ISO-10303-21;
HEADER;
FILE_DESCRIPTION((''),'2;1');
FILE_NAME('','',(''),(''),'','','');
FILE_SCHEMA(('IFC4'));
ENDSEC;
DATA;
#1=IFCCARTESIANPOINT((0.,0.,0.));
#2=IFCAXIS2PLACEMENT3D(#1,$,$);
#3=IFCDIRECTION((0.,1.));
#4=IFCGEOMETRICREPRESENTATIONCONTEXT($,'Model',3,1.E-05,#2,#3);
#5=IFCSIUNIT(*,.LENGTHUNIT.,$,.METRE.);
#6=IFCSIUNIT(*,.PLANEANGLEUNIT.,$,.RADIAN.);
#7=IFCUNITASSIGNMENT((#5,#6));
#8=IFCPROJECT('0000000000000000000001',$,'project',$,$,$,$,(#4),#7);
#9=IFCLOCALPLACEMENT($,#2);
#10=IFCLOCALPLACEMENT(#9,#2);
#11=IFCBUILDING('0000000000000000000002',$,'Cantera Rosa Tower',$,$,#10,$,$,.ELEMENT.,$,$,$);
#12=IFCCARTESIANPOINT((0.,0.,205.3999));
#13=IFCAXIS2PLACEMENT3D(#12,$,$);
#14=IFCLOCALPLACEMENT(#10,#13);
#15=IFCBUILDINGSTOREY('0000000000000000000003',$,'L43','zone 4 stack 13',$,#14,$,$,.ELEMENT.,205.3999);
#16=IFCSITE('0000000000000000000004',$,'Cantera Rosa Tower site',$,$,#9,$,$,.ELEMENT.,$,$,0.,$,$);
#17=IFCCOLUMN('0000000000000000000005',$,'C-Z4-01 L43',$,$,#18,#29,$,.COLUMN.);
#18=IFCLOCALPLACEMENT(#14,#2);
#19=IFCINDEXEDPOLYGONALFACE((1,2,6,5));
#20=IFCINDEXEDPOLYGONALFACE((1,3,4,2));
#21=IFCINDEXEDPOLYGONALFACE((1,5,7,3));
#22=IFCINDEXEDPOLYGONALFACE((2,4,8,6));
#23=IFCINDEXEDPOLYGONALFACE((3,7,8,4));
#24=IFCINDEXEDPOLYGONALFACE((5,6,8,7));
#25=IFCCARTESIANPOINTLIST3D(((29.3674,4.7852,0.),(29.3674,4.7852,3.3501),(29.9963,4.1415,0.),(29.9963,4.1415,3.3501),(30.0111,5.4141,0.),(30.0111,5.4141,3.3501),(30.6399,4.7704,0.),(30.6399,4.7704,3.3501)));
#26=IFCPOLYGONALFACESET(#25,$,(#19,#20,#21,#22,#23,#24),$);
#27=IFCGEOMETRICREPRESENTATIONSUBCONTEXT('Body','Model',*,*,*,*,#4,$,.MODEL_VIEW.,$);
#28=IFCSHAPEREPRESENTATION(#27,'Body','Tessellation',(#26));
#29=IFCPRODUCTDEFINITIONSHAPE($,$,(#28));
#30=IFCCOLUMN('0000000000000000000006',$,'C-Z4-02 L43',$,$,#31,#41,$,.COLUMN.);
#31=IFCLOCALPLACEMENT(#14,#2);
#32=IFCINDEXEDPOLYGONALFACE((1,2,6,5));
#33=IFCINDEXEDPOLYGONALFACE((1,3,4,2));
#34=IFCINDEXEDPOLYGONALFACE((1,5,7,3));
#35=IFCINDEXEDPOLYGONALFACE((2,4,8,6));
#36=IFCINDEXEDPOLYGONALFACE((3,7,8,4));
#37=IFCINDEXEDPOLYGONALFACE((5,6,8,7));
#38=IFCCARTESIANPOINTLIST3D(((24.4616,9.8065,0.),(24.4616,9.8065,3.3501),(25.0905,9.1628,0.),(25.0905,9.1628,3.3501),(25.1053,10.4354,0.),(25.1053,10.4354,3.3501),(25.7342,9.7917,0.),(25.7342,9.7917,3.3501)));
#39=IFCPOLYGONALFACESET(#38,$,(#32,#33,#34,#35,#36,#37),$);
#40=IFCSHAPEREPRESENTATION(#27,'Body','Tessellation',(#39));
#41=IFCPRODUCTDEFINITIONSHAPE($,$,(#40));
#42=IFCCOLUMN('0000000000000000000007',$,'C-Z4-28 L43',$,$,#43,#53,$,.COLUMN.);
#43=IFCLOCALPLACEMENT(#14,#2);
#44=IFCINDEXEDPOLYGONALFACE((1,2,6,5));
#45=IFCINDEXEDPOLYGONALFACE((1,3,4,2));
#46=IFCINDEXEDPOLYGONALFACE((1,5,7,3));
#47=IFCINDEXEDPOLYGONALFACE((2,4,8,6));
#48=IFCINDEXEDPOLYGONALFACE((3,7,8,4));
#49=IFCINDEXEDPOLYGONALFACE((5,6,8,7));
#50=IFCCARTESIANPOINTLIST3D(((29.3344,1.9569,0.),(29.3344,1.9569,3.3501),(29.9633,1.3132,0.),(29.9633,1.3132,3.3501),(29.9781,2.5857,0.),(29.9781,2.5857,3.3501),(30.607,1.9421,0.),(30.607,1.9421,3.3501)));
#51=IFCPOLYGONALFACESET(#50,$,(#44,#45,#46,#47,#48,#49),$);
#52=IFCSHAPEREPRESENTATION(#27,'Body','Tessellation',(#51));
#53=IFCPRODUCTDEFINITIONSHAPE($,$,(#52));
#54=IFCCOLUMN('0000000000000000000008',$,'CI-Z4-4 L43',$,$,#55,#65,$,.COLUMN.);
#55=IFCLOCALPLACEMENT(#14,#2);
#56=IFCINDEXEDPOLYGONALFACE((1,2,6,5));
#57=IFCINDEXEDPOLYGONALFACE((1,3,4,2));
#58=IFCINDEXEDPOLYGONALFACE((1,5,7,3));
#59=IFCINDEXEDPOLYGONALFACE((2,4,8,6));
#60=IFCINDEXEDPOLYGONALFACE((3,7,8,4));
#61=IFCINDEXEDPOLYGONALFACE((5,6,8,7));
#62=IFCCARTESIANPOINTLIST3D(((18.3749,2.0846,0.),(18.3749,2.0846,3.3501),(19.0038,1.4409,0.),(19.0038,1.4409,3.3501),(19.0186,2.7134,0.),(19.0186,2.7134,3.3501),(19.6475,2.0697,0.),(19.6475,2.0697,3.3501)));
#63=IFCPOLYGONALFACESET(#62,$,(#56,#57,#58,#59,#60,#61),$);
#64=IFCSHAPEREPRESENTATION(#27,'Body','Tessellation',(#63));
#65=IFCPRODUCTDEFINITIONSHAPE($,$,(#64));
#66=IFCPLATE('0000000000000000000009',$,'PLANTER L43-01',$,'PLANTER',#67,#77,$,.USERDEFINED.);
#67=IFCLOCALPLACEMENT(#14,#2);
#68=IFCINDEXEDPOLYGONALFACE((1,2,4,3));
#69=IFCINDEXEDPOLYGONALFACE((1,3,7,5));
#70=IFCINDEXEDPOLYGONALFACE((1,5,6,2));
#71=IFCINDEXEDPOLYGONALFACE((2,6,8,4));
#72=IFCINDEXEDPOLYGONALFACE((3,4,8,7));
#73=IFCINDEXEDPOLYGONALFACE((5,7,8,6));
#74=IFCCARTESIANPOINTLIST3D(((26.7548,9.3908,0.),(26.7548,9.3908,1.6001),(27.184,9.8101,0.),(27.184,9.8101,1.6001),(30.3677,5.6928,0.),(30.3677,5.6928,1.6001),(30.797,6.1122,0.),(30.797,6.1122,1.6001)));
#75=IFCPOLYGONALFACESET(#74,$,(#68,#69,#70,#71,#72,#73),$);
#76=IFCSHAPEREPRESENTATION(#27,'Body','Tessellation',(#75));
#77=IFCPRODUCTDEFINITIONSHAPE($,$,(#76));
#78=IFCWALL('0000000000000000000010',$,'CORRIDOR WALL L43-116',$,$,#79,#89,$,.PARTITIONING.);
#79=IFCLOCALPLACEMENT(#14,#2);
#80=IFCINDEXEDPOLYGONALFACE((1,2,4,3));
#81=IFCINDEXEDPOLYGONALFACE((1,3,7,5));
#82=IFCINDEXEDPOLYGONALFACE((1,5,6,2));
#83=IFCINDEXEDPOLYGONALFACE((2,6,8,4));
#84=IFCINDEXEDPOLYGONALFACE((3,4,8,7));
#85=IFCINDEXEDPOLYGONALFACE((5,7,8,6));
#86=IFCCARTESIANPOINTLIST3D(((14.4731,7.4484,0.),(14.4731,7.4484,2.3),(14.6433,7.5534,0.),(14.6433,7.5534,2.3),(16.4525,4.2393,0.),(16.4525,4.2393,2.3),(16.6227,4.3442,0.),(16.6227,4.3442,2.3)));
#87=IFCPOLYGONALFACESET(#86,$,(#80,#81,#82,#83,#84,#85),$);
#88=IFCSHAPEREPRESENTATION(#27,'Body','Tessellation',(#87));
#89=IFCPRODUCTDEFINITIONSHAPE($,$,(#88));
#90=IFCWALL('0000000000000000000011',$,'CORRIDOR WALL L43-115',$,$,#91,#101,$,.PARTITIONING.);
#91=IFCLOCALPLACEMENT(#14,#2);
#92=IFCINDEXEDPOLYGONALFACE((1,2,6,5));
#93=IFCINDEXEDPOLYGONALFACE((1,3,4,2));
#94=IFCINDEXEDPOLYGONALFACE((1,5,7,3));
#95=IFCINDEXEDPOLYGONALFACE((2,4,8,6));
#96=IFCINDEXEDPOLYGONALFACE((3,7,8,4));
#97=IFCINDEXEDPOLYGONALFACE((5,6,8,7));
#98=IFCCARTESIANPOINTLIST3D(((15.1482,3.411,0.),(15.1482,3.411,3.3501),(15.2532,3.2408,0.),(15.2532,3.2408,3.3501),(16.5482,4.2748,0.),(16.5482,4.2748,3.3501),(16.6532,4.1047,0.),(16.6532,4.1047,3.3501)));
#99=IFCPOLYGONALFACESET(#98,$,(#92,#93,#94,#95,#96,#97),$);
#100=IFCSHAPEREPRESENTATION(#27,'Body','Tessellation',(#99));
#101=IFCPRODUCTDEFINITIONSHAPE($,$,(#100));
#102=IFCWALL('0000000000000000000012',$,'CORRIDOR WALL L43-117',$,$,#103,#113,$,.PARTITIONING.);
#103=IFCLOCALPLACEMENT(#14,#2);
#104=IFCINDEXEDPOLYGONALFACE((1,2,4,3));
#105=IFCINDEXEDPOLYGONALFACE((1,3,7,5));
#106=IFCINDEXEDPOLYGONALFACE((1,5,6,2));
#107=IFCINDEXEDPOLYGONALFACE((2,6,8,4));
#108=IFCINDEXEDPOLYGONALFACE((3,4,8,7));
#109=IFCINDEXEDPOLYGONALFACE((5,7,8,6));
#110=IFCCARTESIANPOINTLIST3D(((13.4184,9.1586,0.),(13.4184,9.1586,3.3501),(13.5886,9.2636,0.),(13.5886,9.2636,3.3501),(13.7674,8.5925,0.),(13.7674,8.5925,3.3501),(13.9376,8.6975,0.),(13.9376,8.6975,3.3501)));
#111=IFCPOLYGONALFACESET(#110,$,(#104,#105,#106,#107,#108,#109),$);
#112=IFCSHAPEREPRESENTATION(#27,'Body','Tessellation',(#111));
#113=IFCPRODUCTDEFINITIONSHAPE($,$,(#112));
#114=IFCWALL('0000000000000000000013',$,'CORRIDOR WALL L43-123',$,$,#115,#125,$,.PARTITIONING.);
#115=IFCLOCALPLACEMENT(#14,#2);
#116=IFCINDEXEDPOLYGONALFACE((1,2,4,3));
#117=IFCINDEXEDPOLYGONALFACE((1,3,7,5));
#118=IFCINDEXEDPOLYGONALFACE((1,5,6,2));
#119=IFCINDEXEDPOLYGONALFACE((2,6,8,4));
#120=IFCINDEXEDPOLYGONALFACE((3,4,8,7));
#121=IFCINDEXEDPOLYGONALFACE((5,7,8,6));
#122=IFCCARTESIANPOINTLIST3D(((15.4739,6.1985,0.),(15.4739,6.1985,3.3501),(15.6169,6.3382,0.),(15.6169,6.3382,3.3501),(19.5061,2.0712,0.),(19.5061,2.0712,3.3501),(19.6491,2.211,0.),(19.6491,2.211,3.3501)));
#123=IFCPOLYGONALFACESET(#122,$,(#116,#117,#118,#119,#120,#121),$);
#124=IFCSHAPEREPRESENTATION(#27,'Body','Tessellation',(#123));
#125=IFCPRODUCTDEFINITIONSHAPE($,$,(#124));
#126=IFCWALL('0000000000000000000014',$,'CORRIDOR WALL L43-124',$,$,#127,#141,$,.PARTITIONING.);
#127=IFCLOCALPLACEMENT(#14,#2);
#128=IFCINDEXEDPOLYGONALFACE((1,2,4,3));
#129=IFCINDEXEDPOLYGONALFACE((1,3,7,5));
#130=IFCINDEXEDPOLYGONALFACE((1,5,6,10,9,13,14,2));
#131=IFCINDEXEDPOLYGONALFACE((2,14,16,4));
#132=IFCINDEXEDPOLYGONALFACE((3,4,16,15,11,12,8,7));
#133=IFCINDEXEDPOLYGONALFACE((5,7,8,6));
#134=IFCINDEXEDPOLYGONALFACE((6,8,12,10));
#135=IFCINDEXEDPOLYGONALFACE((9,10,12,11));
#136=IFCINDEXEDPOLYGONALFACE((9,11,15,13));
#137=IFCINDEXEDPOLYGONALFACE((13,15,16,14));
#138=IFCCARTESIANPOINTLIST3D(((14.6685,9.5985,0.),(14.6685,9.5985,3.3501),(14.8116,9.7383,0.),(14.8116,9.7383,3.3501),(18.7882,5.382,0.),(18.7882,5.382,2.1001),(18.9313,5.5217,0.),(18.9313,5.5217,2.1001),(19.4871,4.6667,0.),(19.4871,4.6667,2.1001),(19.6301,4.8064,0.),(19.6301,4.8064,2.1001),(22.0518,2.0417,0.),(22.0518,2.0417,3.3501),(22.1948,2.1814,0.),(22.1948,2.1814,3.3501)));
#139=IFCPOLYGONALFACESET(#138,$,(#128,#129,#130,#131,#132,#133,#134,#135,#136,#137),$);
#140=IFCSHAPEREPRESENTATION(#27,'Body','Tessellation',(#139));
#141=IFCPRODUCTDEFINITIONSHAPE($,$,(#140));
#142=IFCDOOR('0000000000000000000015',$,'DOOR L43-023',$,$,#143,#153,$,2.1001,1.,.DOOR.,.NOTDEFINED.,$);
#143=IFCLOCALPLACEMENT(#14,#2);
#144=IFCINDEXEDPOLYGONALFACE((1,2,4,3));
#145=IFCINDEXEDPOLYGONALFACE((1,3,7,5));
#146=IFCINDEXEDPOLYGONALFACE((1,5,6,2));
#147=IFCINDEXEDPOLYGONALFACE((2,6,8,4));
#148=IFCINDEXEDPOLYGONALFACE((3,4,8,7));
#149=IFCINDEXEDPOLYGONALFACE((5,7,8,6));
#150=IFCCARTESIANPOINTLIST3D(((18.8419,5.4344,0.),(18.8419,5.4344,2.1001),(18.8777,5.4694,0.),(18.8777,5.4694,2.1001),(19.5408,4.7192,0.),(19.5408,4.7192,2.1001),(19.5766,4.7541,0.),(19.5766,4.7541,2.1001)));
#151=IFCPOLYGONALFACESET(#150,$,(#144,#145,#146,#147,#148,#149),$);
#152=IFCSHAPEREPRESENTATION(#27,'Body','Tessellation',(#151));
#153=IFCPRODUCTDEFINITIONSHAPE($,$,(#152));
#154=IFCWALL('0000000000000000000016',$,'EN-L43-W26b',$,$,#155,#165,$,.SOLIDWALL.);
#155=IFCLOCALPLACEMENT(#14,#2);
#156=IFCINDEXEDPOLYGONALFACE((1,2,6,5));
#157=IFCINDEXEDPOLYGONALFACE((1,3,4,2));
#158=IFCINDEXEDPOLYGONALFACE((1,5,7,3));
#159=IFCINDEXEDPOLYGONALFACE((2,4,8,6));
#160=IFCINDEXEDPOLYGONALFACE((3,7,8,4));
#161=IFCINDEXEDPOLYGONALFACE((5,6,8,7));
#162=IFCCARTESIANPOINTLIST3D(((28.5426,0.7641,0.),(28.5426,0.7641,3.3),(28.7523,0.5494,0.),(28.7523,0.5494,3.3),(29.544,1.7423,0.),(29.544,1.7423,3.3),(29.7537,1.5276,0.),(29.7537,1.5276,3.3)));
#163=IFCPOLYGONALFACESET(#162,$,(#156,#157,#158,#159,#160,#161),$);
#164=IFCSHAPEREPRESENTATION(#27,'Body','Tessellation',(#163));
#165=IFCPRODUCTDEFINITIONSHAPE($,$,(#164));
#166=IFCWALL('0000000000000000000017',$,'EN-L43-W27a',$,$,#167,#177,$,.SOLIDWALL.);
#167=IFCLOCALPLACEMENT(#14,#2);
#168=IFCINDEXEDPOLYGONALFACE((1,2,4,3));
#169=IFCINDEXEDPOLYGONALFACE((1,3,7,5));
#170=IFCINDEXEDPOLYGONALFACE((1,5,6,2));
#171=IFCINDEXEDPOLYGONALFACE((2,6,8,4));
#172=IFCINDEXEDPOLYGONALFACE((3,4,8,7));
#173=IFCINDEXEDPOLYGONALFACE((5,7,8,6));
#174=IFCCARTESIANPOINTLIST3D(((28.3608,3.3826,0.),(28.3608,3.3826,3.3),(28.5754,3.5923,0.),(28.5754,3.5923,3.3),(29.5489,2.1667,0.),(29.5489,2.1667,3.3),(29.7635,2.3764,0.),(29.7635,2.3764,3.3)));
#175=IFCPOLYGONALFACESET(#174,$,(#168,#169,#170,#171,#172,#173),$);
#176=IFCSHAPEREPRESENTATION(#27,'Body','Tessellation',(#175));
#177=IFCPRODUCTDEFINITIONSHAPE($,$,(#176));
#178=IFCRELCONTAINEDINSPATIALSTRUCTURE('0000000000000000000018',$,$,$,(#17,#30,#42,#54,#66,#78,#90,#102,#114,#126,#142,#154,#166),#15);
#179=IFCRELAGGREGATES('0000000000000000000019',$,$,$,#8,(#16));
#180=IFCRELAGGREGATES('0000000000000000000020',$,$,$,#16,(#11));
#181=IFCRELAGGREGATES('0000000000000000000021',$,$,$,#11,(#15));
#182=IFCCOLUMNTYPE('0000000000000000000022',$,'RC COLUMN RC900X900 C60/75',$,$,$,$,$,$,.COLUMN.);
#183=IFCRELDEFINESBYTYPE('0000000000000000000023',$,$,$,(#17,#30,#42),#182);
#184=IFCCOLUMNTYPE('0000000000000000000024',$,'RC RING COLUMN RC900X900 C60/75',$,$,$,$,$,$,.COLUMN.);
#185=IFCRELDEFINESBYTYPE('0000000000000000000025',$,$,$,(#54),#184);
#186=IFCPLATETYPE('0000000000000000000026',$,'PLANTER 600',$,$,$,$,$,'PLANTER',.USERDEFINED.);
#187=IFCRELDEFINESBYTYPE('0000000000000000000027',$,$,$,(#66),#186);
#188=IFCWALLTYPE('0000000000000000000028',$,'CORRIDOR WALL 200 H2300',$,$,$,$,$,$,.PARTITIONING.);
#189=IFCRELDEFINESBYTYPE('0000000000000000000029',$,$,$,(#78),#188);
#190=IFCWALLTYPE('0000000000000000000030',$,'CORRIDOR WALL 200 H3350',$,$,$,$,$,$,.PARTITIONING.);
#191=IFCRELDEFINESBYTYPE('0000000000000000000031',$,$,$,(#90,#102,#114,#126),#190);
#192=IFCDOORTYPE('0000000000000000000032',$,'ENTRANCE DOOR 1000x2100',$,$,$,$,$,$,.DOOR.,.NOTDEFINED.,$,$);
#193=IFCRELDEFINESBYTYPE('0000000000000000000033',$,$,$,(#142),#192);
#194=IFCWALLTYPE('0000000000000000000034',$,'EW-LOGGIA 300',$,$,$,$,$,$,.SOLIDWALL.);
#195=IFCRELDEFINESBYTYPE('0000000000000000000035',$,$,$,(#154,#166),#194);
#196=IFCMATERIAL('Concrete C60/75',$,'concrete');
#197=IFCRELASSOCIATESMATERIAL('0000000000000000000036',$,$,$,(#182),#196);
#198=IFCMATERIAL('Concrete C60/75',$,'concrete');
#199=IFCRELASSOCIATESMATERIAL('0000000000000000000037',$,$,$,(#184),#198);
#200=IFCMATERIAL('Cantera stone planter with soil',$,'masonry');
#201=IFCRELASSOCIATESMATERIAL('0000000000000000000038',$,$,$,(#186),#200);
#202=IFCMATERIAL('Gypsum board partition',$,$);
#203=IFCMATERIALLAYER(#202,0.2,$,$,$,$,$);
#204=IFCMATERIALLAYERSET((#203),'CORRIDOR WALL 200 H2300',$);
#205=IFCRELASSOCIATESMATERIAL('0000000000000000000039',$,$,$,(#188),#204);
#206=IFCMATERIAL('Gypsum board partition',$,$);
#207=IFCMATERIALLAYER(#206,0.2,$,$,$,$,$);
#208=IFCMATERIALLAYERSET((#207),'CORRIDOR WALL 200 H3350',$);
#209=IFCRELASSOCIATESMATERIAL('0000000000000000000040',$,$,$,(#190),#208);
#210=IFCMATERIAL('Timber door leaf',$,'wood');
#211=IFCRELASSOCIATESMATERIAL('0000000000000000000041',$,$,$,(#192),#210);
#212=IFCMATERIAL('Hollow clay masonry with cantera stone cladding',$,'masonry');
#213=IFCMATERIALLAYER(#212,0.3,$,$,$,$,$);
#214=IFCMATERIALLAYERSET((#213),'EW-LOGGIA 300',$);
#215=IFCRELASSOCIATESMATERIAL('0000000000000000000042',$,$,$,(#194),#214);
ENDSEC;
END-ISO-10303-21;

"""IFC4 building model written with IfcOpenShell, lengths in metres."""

from ifc_helpers import new_model, si_unit, direction, frame, frame_2d, origin, origin_2d, place, context, subcontext, project, spatial, rectangle, extrude, material, layer, layer_set, material_profile, profile_set, type_object, element, fill, save


model = new_model("IFC4")

# Units and contexts
model_context = context("Model", 3, precision=1e-05, world=origin(), true_north=direction((0.0, 1.0)))
body_context = subcontext(model_context, "Body", "Model", "MODEL_VIEW")
ifc_project = project(units=[si_unit("LENGTHUNIT", "METRE"), si_unit("PLANEANGLEUNIT", "RADIAN")], contexts=[model_context])

# Site, building, storey
site_placement = place(None, origin())
site = spatial("IfcSite", under=ifc_project, at=site_placement, Name="Cantera Rosa Tower site", CompositionType="ELEMENT", RefElevation=0.0)
building_placement = place(site_placement, origin())
building = spatial("IfcBuilding", under=site, at=building_placement, Name="Cantera Rosa Tower", CompositionType="ELEMENT")
storey_placement = place(building_placement, frame((0.0, 0.0, 205.3999)))
storey = spatial("IfcBuildingStorey", under=building, at=storey_placement, Name="L43", Description="zone 4 stack 13", CompositionType="ELEMENT", Elevation=205.3999)

# Columns
ifc_material_1 = material(Name="Concrete C60/75", Category="concrete")
ifc_material_profile_1 = material_profile(ifc_material_1, rectangle(XDim=0.8999, YDim=0.8999, at=origin_2d()), Name="RC COLUMN RC900X900 C60/75")
ifc_profile_set_1 = profile_set([ifc_material_profile_1], Name="Concrete C60/75")
column_type_1 = type_object("IfcColumnType", Name="RC COLUMN RC900X900 C60/75", PredefinedType="COLUMN", material=ifc_profile_set_1)
for number, where, z_axis, x_axis, name in (
    (1, (30.0037, 4.7778, 0.0), (0.0, 0.0, 1.0), (0.715286, 0.698832, 0.0), "C-Z4-01 L43"),
    (2, (25.0979, 9.7991, 0.0), (0.0, 0.0, 1.0), (0.715286, 0.698832, 0.0), "C-Z4-02 L43"),
    (3, (29.9707, 1.9495, 0.0), (0.0, 0.0, 1.0), (0.715286, 0.698832, 0.0), "C-Z4-28 L43"),
):
    element("IfcColumn", number, at=place(storey_placement, frame(where, z_axis=z_axis, x_axis=x_axis)), inside=storey, type_object=column_type_1, Name=name, PredefinedType="COLUMN", context=body_context, shape_type="SweptSolid", body=[
        extrude(rectangle(XDim=0.8999, YDim=0.8999, at=origin_2d()), origin(), (0.0, 0.0, 1.0), 3.3501),
    ])
ifc_material_2 = material(Name="Concrete C60/75", Category="concrete")
ifc_material_profile_2 = material_profile(ifc_material_2, rectangle(XDim=0.8999, YDim=0.8999, at=origin_2d()), Name="RC RING COLUMN RC900X900 C60/75")
ifc_profile_set_2 = profile_set([ifc_material_profile_2], Name="Concrete C60/75")
column_type_2 = type_object("IfcColumnType", Name="RC RING COLUMN RC900X900 C60/75", PredefinedType="COLUMN", material=ifc_profile_set_2)
column_placement = place(storey_placement, frame((19.0112, 2.0771, 0.0), z_axis=(0.0, 0.0, 1.0), x_axis=(0.715286, 0.698832, 0.0)))
element("IfcColumn", 4, at=column_placement, inside=storey, type_object=column_type_2, Name="CI-Z4-4 L43", PredefinedType="COLUMN", context=body_context, shape_type="SweptSolid", body=[
    extrude(rectangle(XDim=0.8999, YDim=0.8999, at=origin_2d()), origin(), (0.0, 0.0, 1.0), 3.3501),
])

# Plate
ifc_material_3 = material(Name="Cantera stone planter with soil", Category="masonry")
plate_type = type_object("IfcPlateType", Name="PLANTER 600", ElementType="PLANTER", PredefinedType="USERDEFINED", material=ifc_material_3)
plate_placement = place(storey_placement, frame((28.7759, 7.7515, 0.0), z_axis=(0.0, 0.0, 1.0), x_axis=(-0.698832, 0.715286, 0.0)))
element("IfcPlate", 5, at=plate_placement, inside=storey, type_object=plate_type, Name="PLANTER L43-01", ObjectType="PLANTER", PredefinedType="USERDEFINED", context=body_context, shape_type="SweptSolid", body=[
    extrude(rectangle(XDim=5.1699, YDim=0.6001, at=origin_2d()), origin(), (0.0, 0.0, 1.0), 1.6001),
])

# Walls
ifc_material_4 = material(Name="Gypsum board partition")
ifc_layer_1 = layer(ifc_material_4, 0.2)
ifc_layer_set_1 = layer_set([ifc_layer_1], Name="CORRIDOR WALL 200 H2300")
wall_type_1 = type_object("IfcWallType", Name="CORRIDOR WALL 200 H2300", PredefinedType="PARTITIONING", material=ifc_layer_set_1)
wall_1_placement = place(storey_placement, frame((16.5376, 4.2917, 0.0), z_axis=(0.0, 0.0, 1.0), x_axis=(-0.524979, 0.851115, 0.0)))
element("IfcWall", 6, at=wall_1_placement, inside=storey, type_object=wall_type_1, Name="CORRIDOR WALL L43-116", PredefinedType="PARTITIONING", context=body_context, shape_type="SweptSolid", body=[
    extrude(rectangle(XDim=3.7705, YDim=0.2, at=frame_2d((1.8853, 0.0))), origin(), (0.0, 0.0, 1.0), 2.3),
])
ifc_material_5 = material(Name="Gypsum board partition")
ifc_layer_2 = layer(ifc_material_5, 0.2)
ifc_layer_set_2 = layer_set([ifc_layer_2], Name="CORRIDOR WALL 200 H3350")
wall_type_2 = type_object("IfcWallType", Name="CORRIDOR WALL 200 H3350", PredefinedType="PARTITIONING", material=ifc_layer_set_2)
wall_2_placement = place(storey_placement, frame((15.2007, 3.3259, 0.0), z_axis=(0.0, 0.0, 1.0), x_axis=(0.851036, 0.525107, 0.0)))
element("IfcWall", 7, at=wall_2_placement, inside=storey, type_object=wall_type_2, Name="CORRIDOR WALL L43-115", PredefinedType="PARTITIONING", context=body_context, shape_type="SweptSolid", body=[
    extrude(rectangle(XDim=1.645, YDim=0.2, at=frame_2d((0.8225, 0.0))), origin(), (0.0, 0.0, 1.0), 3.3501),
])
wall_3_placement = place(storey_placement, frame((13.8525, 8.645, 0.0), z_axis=(0.0, 0.0, 1.0), x_axis=(-0.524875, 0.851179, 0.0)))
element("IfcWall", 8, at=wall_3_placement, inside=storey, type_object=wall_type_2, Name="CORRIDOR WALL L43-117", PredefinedType="PARTITIONING", context=body_context, shape_type="SweptSolid", body=[
    extrude(rectangle(XDim=0.665, YDim=0.2, at=frame_2d((0.3325, 0.0))), origin(), (0.0, 0.0, 1.0), 3.3501),
])
wall_4_placement = place(storey_placement, frame((19.5776, 2.1411, 0.0), z_axis=(0.0, 0.0, 1.0), x_axis=(-0.698829, 0.715289, 0.0)))
element("IfcWall", 9, at=wall_4_placement, inside=storey, type_object=wall_type_2, Name="CORRIDOR WALL L43-123", PredefinedType="PARTITIONING", context=body_context, shape_type="SweptSolid", body=[
    extrude(rectangle(XDim=5.77, YDim=0.2, at=frame_2d((2.885, 0.0))), origin(), (0.0, 0.0, 1.0), 3.3501),
])

# Wall, opening, door
wall_5_placement = place(storey_placement, frame((22.1233, 2.1116, 0.0), z_axis=(0.0, 0.0, 1.0), x_axis=(-0.698844, 0.715274, 0.0)))
wall_5 = element("IfcWall", 10, at=wall_5_placement, inside=storey, type_object=wall_type_2, Name="CORRIDOR WALL L43-124", PredefinedType="PARTITIONING", context=body_context, shape_type="SweptSolid", body=[
    extrude(rectangle(XDim=10.5649, YDim=0.2, at=frame_2d((5.2825, 0.0))), origin(), (0.0, 0.0, 1.0), 3.3501),
])
opening_1_placement = place(wall_5_placement, frame((3.6699, 0.0, 0.0)))
opening_1 = element("IfcOpeningElement", 11, at=opening_1_placement, cuts=wall_5, PredefinedType="OPENING", context=body_context, shape_type="SweptSolid", body=[
    extrude(rectangle(XDim=1.0, YDim=2.1001, at=frame_2d((0.5, 1.05))), frame((0.0, 0.1099, 0.0), z_axis=(0.0, -1.0, 0.0), x_axis=(1.0, 0.0, 0.0)), (0.0, 0.0, 1.0), 0.22),
])
ifc_material_6 = material(Name="Timber door leaf", Category="wood")
door_type_1 = type_object("IfcDoorType", Name="ENTRANCE DOOR 1000x2100", OperationType="NOTDEFINED", PredefinedType="DOOR", material=ifc_material_6)
door_1_placement = place(opening_1_placement, origin())
door_1 = element("IfcDoor", 12, at=door_1_placement, inside=storey, type_object=door_type_1, Name="DOOR L43-023", OperationType="NOTDEFINED", OverallHeight=2.1001, OverallWidth=1.0, PredefinedType="DOOR", context=body_context, shape_type="SweptSolid", body=[
    extrude(rectangle(XDim=1.0, YDim=2.1001, at=frame_2d((0.5, 1.05))), frame((0.0, 0.0249, 0.0), z_axis=(0.0, -1.0, 0.0), x_axis=(1.0, 0.0, 0.0)), (0.0, 0.0, 1.0), 0.05),
])
fill(opening_1, door_1)

# Walls
ifc_material_7 = material(Name="Hollow clay masonry with cantera stone cladding", Category="masonry")
ifc_layer_3 = layer(ifc_material_7, 0.3)
ifc_layer_set_3 = layer_set([ifc_layer_3], Name="EW-LOGGIA 300")
wall_type_3 = type_object("IfcWallType", Name="EW-LOGGIA 300", PredefinedType="SOLIDWALL", material=ifc_layer_set_3)
wall_6_placement = place(storey_placement, frame((28.6475, 0.6567, 0.0), z_axis=(0.0, 0.0, 1.0), x_axis=(0.715342, 0.698775, 0.0)))
element("IfcWall", 13, at=wall_6_placement, inside=storey, type_object=wall_type_3, Name="EN-L43-W26b", PredefinedType="SOLIDWALL", context=body_context, shape_type="SweptSolid", body=[
    extrude(rectangle(XDim=1.3999, YDim=0.3, at=frame_2d((0.7, 0.0))), origin(), (0.0, 0.0, 1.0), 3.3),
])
wall_7_placement = place(storey_placement, frame((29.6562, 2.2715, 0.0), z_axis=(0.0, 0.0, 1.0), x_axis=(-0.698873, 0.715246, 0.0)))
element("IfcWall", 14, at=wall_7_placement, inside=storey, type_object=wall_type_3, Name="EN-L43-W27a", PredefinedType="SOLIDWALL", context=body_context, shape_type="SweptSolid", body=[
    extrude(rectangle(XDim=1.7, YDim=0.3, at=frame_2d((0.8501, 0.0))), origin(), (0.0, 0.0, 1.0), 3.3),
])

save(model, "model.ifc")
